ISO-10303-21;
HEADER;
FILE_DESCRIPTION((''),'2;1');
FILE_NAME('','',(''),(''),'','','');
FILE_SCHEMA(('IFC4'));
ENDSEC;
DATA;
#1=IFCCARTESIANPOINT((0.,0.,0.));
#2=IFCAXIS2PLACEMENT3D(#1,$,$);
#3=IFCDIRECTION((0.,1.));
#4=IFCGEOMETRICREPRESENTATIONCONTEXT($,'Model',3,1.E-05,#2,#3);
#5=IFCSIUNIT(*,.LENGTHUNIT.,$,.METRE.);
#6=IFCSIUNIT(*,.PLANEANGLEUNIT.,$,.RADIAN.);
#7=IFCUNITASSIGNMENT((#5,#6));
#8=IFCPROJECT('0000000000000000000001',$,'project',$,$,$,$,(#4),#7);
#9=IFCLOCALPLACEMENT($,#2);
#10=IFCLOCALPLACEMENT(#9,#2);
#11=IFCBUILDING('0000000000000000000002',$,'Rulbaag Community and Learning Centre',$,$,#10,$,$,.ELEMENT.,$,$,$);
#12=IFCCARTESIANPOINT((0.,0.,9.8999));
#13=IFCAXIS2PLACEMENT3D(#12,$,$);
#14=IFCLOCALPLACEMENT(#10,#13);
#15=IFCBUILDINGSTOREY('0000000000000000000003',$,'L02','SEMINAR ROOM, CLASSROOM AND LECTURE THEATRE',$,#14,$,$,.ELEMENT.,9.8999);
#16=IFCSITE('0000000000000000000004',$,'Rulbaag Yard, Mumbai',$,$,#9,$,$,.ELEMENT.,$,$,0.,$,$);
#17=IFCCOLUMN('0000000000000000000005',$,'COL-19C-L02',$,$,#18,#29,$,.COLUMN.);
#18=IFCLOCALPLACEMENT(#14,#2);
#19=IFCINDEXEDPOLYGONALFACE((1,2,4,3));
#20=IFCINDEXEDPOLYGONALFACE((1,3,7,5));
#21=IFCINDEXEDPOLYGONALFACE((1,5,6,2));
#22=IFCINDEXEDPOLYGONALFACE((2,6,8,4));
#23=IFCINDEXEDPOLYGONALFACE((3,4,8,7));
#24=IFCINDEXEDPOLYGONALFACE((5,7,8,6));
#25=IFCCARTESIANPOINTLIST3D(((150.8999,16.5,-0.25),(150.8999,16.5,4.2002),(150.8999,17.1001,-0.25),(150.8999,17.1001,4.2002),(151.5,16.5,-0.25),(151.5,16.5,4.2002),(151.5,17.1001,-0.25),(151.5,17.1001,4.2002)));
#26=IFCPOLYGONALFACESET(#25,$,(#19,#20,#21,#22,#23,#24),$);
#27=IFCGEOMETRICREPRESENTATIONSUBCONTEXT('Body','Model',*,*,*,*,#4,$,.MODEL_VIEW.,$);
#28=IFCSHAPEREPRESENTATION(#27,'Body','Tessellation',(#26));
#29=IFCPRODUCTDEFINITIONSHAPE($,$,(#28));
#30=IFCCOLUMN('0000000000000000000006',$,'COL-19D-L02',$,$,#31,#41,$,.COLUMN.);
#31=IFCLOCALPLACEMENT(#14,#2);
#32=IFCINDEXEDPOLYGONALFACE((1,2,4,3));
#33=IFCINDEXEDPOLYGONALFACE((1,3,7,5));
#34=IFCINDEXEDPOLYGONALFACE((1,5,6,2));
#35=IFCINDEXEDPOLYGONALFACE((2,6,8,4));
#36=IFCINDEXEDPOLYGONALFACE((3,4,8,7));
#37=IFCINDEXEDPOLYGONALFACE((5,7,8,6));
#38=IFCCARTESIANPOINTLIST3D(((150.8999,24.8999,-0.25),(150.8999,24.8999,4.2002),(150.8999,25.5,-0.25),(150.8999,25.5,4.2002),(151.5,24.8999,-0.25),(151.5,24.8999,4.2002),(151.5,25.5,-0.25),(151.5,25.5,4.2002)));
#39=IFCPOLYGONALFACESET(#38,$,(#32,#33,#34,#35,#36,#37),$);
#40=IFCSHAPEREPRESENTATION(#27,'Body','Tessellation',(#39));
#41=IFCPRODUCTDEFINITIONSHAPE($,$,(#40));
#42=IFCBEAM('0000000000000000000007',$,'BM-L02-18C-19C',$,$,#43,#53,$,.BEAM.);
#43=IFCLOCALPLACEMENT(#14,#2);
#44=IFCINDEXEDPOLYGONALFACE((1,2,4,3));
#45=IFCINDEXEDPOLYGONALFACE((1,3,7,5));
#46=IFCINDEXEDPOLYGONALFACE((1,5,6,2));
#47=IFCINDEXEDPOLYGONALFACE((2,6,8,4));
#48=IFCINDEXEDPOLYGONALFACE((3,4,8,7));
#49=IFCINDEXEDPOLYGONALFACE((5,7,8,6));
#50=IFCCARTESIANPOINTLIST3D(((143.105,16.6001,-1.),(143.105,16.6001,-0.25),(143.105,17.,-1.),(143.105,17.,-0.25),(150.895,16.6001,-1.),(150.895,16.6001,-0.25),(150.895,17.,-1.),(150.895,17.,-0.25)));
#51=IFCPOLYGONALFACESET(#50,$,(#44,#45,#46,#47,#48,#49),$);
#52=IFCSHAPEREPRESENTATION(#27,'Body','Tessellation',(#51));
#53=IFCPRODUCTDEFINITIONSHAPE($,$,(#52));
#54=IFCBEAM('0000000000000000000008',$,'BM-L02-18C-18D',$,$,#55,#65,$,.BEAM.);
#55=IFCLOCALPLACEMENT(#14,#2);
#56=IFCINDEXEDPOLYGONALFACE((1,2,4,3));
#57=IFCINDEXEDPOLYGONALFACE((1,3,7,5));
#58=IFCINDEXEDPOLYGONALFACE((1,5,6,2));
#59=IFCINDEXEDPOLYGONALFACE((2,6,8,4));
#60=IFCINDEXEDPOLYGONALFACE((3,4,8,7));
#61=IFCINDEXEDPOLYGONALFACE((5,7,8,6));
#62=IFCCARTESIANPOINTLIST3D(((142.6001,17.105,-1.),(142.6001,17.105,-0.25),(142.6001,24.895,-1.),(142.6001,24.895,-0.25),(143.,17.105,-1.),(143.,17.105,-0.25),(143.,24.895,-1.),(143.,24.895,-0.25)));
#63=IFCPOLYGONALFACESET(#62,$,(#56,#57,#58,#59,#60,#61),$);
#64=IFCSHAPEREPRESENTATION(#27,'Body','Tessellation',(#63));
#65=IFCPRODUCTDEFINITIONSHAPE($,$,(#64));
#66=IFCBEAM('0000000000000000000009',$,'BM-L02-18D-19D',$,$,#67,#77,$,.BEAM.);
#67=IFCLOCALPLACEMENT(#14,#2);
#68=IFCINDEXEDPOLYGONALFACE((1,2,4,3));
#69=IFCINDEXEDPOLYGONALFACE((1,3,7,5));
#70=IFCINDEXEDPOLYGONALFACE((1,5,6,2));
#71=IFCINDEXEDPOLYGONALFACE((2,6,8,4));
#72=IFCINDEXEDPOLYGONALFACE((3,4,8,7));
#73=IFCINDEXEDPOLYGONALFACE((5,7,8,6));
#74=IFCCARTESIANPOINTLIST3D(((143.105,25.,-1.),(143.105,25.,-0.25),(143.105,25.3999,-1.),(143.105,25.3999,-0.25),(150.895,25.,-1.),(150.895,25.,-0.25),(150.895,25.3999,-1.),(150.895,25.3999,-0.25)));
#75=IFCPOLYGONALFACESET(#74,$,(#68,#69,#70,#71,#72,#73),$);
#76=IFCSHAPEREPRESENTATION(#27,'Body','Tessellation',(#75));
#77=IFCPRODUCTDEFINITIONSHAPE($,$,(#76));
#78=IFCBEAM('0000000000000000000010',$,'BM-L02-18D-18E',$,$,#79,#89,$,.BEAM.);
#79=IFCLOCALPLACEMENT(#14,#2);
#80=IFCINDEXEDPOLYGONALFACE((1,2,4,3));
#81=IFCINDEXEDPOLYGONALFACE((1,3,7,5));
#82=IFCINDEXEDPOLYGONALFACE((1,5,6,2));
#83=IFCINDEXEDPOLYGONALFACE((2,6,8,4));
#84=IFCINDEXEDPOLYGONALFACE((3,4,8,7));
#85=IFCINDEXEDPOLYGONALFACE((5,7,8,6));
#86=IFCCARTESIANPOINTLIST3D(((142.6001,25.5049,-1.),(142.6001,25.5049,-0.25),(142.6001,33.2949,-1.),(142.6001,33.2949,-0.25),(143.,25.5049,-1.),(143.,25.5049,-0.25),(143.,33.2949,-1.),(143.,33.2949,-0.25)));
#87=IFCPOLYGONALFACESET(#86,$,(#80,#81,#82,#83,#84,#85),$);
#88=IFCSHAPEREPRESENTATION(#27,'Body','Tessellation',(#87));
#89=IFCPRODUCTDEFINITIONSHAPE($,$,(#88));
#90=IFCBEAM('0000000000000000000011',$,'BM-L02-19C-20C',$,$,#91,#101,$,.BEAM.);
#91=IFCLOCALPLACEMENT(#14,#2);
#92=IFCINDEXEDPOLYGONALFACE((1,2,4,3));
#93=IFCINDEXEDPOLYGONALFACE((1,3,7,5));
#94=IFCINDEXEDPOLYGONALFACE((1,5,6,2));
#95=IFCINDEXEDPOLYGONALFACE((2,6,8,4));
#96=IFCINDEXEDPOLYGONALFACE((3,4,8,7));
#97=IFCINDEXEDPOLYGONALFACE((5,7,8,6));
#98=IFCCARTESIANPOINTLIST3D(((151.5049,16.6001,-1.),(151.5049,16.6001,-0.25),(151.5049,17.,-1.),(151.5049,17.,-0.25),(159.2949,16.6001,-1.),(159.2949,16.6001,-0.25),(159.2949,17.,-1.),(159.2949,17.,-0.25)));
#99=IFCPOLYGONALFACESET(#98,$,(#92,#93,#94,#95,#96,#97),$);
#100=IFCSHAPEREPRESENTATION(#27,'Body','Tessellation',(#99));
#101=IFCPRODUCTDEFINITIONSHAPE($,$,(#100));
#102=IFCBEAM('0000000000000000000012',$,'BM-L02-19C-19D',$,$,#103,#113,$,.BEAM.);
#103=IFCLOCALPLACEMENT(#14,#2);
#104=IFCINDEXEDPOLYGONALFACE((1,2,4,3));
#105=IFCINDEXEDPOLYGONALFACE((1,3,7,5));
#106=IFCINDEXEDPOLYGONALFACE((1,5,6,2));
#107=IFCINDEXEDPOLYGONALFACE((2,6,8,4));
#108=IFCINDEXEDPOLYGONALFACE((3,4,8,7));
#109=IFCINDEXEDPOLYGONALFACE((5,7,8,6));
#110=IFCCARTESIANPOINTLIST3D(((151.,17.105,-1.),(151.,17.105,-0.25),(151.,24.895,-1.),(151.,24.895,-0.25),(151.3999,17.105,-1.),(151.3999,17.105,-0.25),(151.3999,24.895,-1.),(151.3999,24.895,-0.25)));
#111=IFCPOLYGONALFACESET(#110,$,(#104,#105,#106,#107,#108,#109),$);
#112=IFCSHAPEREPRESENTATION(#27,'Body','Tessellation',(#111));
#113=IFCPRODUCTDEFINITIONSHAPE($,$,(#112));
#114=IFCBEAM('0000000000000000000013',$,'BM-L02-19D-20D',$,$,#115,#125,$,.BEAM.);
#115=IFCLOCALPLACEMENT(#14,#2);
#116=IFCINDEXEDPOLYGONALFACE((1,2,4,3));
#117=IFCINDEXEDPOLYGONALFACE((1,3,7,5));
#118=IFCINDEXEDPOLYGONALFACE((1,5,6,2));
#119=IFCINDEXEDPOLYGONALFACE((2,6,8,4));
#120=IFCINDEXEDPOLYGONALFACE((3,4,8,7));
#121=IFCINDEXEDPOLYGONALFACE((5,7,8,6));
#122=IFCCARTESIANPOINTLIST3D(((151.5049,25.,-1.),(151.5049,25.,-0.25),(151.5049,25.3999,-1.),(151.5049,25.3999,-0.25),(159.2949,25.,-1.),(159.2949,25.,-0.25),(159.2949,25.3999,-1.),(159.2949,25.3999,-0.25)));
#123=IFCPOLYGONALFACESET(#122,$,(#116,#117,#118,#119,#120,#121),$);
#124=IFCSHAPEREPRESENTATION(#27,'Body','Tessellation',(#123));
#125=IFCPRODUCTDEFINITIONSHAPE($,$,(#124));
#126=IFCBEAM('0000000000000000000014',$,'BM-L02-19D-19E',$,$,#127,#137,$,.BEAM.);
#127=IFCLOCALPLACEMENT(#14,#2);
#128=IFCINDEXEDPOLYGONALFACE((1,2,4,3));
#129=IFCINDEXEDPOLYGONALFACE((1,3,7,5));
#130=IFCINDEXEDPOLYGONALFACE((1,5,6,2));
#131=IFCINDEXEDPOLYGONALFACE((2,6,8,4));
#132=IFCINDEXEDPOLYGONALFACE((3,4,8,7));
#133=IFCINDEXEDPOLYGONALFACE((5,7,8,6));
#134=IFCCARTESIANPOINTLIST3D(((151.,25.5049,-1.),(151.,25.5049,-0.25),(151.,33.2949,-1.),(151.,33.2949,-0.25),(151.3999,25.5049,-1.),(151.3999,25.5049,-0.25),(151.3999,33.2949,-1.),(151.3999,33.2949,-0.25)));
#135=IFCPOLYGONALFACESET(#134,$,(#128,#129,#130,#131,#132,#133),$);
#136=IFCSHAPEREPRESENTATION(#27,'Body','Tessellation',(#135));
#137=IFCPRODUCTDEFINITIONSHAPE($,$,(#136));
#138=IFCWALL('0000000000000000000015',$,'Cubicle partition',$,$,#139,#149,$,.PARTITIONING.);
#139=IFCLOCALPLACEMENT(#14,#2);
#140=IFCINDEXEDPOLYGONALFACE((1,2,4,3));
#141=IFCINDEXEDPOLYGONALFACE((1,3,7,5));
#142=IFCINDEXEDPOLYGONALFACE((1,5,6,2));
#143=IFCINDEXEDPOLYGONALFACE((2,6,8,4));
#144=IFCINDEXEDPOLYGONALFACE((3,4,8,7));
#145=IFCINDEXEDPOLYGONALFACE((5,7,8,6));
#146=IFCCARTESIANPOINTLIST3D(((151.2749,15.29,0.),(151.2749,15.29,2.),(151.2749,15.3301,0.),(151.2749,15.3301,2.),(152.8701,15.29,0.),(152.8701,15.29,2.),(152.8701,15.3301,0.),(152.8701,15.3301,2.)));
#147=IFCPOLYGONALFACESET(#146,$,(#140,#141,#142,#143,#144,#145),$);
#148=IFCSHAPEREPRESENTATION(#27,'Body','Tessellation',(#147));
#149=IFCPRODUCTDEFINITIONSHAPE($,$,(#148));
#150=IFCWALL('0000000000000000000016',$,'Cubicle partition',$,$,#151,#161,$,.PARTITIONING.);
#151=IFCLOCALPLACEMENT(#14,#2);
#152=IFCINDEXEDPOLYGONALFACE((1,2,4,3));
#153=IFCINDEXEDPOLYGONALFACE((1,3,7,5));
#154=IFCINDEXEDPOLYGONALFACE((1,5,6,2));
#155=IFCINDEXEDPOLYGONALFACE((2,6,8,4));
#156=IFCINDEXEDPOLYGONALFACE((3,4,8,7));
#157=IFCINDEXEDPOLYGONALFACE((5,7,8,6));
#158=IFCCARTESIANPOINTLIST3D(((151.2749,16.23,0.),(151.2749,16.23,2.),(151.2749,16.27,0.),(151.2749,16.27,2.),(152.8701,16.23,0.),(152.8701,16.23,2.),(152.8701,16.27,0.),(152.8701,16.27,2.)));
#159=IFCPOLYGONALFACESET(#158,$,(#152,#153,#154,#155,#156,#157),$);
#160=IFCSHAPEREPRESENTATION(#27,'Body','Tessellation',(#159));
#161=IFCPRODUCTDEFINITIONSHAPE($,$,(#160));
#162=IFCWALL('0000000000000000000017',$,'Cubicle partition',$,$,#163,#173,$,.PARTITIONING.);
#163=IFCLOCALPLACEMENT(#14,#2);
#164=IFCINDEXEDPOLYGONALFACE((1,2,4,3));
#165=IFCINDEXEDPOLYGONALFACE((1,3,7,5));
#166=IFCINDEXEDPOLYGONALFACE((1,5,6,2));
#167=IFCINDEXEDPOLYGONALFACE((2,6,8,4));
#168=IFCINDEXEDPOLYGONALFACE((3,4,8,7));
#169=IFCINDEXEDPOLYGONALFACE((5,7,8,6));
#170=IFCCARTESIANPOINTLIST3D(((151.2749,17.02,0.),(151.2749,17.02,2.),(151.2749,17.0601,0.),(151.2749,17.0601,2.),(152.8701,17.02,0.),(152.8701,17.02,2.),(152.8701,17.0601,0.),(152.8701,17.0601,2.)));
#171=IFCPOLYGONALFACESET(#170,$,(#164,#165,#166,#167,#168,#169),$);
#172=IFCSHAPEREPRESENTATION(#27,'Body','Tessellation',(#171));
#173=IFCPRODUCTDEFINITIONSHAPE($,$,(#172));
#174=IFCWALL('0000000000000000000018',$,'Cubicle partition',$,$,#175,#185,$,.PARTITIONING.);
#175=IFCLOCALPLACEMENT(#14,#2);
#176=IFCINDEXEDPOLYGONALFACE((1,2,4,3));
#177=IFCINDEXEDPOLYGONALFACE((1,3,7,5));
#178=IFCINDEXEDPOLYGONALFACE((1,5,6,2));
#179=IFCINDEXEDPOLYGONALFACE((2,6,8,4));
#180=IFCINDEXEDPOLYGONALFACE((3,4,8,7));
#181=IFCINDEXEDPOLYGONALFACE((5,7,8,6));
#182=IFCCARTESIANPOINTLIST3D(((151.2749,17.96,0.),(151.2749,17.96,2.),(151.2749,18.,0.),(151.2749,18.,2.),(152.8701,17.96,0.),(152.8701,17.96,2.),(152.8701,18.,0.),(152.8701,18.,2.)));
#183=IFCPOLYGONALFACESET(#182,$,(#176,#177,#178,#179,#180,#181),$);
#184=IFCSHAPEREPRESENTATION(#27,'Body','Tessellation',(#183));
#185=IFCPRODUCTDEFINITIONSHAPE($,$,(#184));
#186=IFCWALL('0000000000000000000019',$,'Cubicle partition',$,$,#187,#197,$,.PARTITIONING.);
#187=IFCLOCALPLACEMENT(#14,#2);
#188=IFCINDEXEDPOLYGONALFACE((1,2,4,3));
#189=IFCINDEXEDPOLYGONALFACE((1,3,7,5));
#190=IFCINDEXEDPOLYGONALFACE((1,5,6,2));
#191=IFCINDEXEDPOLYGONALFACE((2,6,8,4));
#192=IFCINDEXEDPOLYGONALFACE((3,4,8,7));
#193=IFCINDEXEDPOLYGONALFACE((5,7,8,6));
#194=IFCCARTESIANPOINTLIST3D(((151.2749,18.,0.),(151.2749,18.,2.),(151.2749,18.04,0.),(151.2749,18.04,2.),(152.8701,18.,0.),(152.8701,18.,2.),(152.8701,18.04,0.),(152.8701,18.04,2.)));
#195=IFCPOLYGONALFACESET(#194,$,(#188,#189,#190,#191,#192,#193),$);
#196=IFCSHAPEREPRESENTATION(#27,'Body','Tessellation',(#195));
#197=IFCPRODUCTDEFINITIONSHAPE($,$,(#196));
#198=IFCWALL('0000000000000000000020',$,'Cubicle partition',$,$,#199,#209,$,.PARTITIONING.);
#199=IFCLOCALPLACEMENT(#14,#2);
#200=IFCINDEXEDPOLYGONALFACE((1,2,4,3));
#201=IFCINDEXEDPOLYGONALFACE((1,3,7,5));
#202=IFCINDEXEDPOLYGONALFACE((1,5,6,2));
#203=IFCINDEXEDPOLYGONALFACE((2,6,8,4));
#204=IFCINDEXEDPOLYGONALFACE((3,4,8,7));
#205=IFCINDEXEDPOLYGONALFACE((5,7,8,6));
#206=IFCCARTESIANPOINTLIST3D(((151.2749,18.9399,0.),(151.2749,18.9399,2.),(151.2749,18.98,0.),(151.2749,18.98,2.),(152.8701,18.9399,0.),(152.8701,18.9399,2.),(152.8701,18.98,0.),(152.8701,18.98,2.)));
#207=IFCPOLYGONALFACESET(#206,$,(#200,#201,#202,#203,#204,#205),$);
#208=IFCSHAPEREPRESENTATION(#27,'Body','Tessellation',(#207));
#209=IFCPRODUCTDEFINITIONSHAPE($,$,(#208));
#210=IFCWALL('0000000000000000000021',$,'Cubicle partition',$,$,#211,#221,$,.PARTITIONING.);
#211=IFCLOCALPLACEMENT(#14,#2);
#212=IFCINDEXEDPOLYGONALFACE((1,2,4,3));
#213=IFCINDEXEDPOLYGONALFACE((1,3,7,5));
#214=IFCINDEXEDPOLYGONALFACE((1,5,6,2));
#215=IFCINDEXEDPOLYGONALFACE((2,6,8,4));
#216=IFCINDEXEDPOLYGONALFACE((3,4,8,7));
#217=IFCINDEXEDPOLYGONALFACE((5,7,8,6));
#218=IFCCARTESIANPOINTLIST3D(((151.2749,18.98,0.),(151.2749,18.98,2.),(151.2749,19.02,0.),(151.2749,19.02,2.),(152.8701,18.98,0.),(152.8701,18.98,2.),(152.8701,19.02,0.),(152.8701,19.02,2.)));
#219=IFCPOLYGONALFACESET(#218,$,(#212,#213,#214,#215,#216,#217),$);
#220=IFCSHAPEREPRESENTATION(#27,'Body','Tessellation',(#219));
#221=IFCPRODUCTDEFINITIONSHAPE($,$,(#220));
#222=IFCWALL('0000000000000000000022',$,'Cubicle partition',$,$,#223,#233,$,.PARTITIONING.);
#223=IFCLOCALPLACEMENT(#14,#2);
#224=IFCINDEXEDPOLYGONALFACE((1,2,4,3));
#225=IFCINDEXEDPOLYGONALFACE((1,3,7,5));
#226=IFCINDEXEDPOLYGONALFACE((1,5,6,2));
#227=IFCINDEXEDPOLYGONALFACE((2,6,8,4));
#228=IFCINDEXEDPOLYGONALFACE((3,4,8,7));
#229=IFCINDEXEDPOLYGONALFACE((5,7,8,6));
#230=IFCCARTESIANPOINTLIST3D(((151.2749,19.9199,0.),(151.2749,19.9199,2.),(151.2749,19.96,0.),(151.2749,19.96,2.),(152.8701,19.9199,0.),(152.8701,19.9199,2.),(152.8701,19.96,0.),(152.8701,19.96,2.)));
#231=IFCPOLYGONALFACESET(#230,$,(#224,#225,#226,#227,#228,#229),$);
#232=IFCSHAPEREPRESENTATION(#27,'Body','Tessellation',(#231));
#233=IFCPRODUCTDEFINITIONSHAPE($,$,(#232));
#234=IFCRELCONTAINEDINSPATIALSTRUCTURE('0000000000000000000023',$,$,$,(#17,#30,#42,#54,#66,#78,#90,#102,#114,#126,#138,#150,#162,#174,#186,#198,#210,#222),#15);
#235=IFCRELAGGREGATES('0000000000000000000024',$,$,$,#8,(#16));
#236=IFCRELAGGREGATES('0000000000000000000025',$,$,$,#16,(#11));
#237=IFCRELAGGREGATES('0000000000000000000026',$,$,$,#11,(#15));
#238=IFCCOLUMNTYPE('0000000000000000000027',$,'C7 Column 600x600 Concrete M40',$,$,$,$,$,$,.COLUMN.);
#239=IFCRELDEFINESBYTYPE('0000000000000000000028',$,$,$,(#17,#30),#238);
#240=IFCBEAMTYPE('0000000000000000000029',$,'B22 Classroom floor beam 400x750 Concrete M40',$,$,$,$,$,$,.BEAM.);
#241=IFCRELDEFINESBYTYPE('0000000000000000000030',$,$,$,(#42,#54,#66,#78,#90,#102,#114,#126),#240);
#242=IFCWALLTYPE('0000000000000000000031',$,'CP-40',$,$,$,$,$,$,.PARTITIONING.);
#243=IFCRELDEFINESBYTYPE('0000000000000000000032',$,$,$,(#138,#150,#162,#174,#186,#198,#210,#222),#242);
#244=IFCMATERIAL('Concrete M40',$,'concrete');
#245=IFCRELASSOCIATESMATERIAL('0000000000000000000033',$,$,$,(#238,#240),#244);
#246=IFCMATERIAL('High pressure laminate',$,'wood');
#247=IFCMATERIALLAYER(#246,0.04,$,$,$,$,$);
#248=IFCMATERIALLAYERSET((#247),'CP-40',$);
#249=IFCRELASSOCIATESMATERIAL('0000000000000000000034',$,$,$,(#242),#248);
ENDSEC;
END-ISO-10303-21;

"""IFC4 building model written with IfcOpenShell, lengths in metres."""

from ifc_helpers import new_model, si_unit, direction, frame, frame_2d, origin, origin_2d, place, context, subcontext, project, spatial, rectangle, extrude, material, layer, layer_set, material_profile, profile_set, type_object, element, save


model = new_model("IFC4")

# Units and contexts
model_context = context("Model", 3, precision=1e-05, world=origin(), true_north=direction((0.0, 1.0)))
body_context = subcontext(model_context, "Body", "Model", "MODEL_VIEW")
ifc_project = project(units=[si_unit("LENGTHUNIT", "METRE"), si_unit("PLANEANGLEUNIT", "RADIAN")], contexts=[model_context])

# Site, building, storey
site_placement = place(None, origin())
site = spatial("IfcSite", under=ifc_project, at=site_placement, Name="Rulbaag Yard, Mumbai", CompositionType="ELEMENT", RefElevation=0.0)
building_placement = place(site_placement, origin())
building = spatial("IfcBuilding", under=site, at=building_placement, Name="Rulbaag Community and Learning Centre", CompositionType="ELEMENT")
storey_placement = place(building_placement, frame((0.0, 0.0, 9.8999)))
storey = spatial("IfcBuildingStorey", under=building, at=storey_placement, Name="L02", Description="SEMINAR ROOM, CLASSROOM AND LECTURE THEATRE", CompositionType="ELEMENT", Elevation=9.8999)

# Columns
ifc_material_1 = material(Name="Concrete M40", Category="concrete")
ifc_material_profile_1 = material_profile(ifc_material_1, rectangle(XDim=0.6001, YDim=0.6001, at=origin_2d()), Name="RC600x600")
ifc_profile_set_1 = profile_set([ifc_material_profile_1], Name="Concrete M40")
column_type = type_object("IfcColumnType", Name="C7 Column 600x600 Concrete M40", PredefinedType="COLUMN", material=ifc_profile_set_1)
for number, where, z_axis, x_axis, name in (
    (1, (151.2, 16.8, -0.25), (0.0, 0.0, 1.0), (1.0, 0.0, 0.0), "COL-19C-L02"),
    (2, (151.2, 25.2, -0.25), (0.0, 0.0, 1.0), (1.0, 0.0, 0.0), "COL-19D-L02"),
):
    element("IfcColumn", number, at=place(storey_placement, frame(where, z_axis=z_axis, x_axis=x_axis)), inside=storey, type_object=column_type, Name=name, PredefinedType="COLUMN", context=body_context, shape_type="SweptSolid", body=[
        extrude(rectangle(XDim=0.6001, YDim=0.6001, at=origin_2d()), origin(), (0.0, 0.0, 1.0), 4.4502),
    ])

# Beams
ifc_material_profile_2 = material_profile(ifc_material_1, rectangle(XDim=0.3999, YDim=0.75, at=origin_2d()), Name="RB400x750")
ifc_profile_set_2 = profile_set([ifc_material_profile_2], Name="Concrete M40")
beam_type = type_object("IfcBeamType", Name="B22 Classroom floor beam 400x750 Concrete M40", PredefinedType="BEAM", material=ifc_profile_set_2)
for number, where, z_axis, x_axis, name in (
    (3, (143.105, 16.8, -0.625), (1.0, 0.0, 0.0), (0.0, 1.0, 0.0), "BM-L02-18C-19C"),
    (4, (142.8, 17.105, -0.625), (0.0, 1.0, 0.0), (-1.0, 0.0, 0.0), "BM-L02-18C-18D"),
    (5, (143.105, 25.2, -0.625), (1.0, 0.0, 0.0), (0.0, 1.0, 0.0), "BM-L02-18D-19D"),
    (6, (142.8, 25.5049, -0.625), (0.0, 1.0, 0.0), (-1.0, 0.0, 0.0), "BM-L02-18D-18E"),
    (7, (151.5049, 16.8, -0.625), (1.0, 0.0, 0.0), (0.0, 1.0, 0.0), "BM-L02-19C-20C"),
    (8, (151.2, 17.105, -0.625), (0.0, 1.0, 0.0), (-1.0, 0.0, 0.0), "BM-L02-19C-19D"),
    (9, (151.5049, 25.2, -0.625), (1.0, 0.0, 0.0), (0.0, 1.0, 0.0), "BM-L02-19D-20D"),
    (10, (151.2, 25.5049, -0.625), (0.0, 1.0, 0.0), (-1.0, 0.0, 0.0), "BM-L02-19D-19E"),
):
    element("IfcBeam", number, at=place(storey_placement, frame(where, z_axis=z_axis, x_axis=x_axis)), inside=storey, type_object=beam_type, Name=name, PredefinedType="BEAM", context=body_context, shape_type="SweptSolid", body=[
        extrude(rectangle(XDim=0.3999, YDim=0.75, at=origin_2d()), origin(), (0.0, 0.0, 1.0), 7.79),
    ])

# Walls
ifc_material_2 = material(Name="High pressure laminate", Category="wood")
ifc_layer_1 = layer(ifc_material_2, 0.04)
ifc_layer_set_1 = layer_set([ifc_layer_1], Name="CP-40")
wall_type_1 = type_object("IfcWallType", Name="CP-40", PredefinedType="PARTITIONING", material=ifc_layer_set_1)
for number, where, z_axis, x_axis, name in (
    (11, (151.2749, 15.3101, 0.0), (0.0, 0.0, 1.0), (1.0, 0.0, 0.0), "Cubicle partition"),
    (12, (151.2749, 16.25, 0.0), (0.0, 0.0, 1.0), (1.0, 0.0, 0.0), "Cubicle partition"),
    (13, (151.2749, 17.04, 0.0), (0.0, 0.0, 1.0), (1.0, 0.0, 0.0), "Cubicle partition"),
    (14, (151.2749, 17.98, 0.0), (0.0, 0.0, 1.0), (1.0, 0.0, 0.0), "Cubicle partition"),
    (15, (151.2749, 18.02, 0.0), (0.0, 0.0, 1.0), (1.0, 0.0, 0.0), "Cubicle partition"),
    (16, (151.2749, 18.96, 0.0), (0.0, 0.0, 1.0), (1.0, 0.0, 0.0), "Cubicle partition"),
    (17, (151.2749, 19.0, 0.0), (0.0, 0.0, 1.0), (1.0, 0.0, 0.0), "Cubicle partition"),
    (18, (151.2749, 19.9399, 0.0), (0.0, 0.0, 1.0), (1.0, 0.0, 0.0), "Cubicle partition"),
):
    element("IfcWall", number, at=place(storey_placement, frame(where, z_axis=z_axis, x_axis=x_axis)), inside=storey, type_object=wall_type_1, Name=name, PredefinedType="PARTITIONING", context=body_context, shape_type="SweptSolid", body=[
        extrude(rectangle(XDim=1.5952, YDim=0.04, at=frame_2d((0.7976, 0.0))), origin(), (0.0, 0.0, 1.0), 2.0),
    ])

save(model, "model.ifc")
